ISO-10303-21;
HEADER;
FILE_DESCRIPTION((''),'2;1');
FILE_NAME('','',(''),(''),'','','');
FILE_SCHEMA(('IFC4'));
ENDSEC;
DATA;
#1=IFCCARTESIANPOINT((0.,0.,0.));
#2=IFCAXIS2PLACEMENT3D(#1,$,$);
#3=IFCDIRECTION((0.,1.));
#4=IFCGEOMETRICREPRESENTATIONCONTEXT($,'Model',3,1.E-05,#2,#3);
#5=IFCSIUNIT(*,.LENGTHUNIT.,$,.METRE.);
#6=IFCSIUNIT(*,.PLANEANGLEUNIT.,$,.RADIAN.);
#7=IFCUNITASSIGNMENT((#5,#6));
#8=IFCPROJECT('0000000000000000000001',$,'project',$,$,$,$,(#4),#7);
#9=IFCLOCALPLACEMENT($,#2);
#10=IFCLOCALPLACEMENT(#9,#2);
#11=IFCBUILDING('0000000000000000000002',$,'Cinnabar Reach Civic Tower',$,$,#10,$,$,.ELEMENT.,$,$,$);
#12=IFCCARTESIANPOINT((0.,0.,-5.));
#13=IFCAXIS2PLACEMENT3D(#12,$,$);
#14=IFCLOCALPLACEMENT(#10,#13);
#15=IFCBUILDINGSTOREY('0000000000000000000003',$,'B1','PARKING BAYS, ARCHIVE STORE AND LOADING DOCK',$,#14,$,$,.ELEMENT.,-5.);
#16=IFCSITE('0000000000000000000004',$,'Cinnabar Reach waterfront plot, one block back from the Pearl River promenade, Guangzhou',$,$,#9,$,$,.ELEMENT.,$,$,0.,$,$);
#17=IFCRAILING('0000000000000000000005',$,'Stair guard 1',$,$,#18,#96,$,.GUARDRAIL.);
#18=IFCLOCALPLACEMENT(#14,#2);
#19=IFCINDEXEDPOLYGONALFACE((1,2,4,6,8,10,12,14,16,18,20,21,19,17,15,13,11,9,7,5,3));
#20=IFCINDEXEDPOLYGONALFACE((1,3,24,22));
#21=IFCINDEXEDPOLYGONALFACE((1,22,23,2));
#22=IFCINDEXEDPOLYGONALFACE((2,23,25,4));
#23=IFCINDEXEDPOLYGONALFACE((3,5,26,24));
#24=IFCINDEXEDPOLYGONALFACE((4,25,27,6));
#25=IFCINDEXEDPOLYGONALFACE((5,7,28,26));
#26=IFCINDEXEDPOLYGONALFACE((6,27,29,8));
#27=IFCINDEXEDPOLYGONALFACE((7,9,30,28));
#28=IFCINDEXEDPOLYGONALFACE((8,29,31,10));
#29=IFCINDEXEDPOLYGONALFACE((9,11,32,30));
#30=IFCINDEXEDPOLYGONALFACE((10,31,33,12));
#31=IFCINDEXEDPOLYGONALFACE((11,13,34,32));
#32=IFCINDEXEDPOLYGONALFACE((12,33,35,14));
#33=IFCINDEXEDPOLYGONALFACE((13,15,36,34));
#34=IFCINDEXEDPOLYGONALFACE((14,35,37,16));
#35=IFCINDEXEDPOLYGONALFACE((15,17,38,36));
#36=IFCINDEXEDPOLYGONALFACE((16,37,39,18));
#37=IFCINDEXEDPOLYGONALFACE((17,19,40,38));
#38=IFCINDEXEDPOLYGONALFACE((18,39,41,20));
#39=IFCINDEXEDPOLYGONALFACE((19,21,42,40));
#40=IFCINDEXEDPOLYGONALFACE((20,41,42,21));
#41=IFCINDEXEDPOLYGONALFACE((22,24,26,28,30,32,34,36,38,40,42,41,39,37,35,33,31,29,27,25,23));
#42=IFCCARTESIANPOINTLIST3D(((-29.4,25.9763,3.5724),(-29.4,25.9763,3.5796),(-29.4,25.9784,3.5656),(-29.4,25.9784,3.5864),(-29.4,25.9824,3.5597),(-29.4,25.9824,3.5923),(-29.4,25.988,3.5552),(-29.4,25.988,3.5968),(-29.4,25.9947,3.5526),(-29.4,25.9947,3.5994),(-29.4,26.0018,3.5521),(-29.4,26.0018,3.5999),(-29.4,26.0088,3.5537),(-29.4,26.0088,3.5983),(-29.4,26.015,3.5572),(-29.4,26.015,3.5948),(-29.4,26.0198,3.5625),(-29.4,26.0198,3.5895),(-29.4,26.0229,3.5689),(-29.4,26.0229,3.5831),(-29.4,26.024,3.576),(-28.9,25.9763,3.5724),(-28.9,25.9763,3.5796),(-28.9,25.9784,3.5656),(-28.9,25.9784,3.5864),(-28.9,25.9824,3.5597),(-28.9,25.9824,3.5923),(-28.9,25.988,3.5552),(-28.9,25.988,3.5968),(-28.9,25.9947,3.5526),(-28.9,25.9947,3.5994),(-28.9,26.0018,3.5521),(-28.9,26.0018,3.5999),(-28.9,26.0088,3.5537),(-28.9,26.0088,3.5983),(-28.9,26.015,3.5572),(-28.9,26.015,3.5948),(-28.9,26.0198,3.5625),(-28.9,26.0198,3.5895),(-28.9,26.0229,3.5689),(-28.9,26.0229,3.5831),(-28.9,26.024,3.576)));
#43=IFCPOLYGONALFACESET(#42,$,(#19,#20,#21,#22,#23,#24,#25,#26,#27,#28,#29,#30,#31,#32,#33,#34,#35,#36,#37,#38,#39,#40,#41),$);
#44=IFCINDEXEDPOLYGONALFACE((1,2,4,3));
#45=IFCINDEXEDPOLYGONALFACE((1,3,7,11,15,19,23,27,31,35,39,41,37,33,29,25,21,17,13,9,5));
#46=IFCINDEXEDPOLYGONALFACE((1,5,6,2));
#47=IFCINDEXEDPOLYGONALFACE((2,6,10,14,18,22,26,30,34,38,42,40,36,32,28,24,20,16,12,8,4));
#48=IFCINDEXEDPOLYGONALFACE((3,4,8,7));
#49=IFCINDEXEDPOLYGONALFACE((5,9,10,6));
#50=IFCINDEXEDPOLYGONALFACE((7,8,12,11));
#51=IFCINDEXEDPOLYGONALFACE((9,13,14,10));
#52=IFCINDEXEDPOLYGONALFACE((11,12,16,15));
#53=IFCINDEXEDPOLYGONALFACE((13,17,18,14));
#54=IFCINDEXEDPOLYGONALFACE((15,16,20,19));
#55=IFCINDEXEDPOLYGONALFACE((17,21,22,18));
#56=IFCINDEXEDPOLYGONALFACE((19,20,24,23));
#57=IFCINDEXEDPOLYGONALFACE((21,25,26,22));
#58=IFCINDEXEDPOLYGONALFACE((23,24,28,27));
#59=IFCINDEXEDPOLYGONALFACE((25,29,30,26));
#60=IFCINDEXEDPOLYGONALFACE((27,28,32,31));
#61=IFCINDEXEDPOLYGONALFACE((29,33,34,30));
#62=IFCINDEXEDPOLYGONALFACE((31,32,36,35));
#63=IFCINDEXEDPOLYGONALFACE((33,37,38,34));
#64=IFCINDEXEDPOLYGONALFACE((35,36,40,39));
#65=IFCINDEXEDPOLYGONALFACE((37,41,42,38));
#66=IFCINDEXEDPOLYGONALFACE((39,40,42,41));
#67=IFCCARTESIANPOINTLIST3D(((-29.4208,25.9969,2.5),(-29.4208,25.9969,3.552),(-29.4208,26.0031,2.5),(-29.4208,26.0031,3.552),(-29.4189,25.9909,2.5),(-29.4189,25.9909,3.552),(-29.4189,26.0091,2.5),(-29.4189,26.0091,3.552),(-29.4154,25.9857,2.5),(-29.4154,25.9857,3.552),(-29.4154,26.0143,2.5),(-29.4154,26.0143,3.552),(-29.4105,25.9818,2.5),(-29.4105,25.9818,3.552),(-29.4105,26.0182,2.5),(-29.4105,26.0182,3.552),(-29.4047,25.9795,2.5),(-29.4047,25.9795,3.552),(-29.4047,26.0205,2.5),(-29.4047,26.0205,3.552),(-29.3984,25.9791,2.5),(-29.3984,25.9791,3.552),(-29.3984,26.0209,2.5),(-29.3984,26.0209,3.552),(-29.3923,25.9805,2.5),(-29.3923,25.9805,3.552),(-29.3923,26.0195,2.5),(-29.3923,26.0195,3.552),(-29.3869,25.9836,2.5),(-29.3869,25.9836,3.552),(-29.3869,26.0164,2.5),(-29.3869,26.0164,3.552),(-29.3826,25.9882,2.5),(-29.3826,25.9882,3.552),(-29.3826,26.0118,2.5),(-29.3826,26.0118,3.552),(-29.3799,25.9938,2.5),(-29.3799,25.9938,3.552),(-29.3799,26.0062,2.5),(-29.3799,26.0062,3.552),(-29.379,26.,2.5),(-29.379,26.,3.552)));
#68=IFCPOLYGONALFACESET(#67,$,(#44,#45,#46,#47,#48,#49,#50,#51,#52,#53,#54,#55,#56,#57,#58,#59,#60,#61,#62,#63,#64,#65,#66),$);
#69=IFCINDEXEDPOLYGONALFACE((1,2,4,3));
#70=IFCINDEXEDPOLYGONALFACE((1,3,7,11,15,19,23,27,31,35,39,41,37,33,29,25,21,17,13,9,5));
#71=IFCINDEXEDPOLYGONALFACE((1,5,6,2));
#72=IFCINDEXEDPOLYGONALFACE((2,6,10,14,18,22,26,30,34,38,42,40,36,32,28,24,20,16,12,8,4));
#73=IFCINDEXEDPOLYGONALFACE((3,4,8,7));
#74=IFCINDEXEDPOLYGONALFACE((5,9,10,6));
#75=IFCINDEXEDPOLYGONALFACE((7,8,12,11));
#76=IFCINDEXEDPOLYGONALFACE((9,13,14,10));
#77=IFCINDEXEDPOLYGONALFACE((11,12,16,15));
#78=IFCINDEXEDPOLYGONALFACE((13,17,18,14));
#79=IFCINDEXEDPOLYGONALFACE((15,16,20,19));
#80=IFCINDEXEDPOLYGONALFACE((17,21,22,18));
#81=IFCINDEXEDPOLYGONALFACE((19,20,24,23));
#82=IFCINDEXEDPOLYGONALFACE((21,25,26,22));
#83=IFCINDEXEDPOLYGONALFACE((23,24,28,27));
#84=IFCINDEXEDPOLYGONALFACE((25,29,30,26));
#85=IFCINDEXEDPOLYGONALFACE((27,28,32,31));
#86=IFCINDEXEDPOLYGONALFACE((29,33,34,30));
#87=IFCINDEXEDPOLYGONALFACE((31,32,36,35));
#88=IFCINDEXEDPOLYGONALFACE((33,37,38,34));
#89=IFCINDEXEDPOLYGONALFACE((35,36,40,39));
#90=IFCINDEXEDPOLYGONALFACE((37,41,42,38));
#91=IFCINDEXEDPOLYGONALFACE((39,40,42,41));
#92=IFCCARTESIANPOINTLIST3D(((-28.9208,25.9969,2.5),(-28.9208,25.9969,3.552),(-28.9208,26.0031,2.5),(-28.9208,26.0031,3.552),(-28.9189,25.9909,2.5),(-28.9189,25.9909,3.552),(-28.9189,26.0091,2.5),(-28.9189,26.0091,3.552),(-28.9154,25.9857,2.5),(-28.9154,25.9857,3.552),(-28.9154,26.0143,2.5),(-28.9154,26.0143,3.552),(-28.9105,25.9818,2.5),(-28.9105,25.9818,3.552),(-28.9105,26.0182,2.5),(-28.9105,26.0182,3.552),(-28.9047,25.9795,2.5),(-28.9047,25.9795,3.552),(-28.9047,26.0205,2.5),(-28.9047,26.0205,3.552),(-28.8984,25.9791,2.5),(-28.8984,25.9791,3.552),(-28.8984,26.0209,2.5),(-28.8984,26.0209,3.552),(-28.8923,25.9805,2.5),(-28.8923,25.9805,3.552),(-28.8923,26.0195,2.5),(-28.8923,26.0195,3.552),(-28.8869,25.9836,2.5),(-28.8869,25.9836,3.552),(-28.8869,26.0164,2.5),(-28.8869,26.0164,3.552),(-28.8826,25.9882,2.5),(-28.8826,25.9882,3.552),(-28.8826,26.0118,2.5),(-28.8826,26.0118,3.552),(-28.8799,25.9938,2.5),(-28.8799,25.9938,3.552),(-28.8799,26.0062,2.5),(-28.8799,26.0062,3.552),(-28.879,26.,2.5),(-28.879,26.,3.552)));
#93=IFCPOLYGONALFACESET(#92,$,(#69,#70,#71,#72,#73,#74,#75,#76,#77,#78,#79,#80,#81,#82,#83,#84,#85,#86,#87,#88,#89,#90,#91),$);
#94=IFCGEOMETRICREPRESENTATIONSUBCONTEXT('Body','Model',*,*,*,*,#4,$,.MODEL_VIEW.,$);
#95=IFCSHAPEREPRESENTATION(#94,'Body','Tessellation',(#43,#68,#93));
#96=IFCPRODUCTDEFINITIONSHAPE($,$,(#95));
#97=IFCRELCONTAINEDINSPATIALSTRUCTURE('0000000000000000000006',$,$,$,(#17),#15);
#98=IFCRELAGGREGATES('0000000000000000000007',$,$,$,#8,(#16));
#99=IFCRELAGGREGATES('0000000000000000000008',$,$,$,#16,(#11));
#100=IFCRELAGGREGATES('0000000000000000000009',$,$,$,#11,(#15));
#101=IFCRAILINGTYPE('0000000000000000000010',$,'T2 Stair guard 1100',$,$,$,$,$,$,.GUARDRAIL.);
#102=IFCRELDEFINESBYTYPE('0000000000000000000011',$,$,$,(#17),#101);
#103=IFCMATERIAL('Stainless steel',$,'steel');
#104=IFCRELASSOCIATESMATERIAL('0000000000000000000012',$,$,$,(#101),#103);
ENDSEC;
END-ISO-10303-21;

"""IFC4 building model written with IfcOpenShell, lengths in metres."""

from ifc_helpers import new_model, si_unit, direction, frame, origin, origin_2d, place, context, subcontext, project, spatial, circle, extrude, material, type_object, element, save


model = new_model("IFC4")

# Units and contexts
model_context = context("Model", 3, precision=1e-05, world=origin(), true_north=direction((0.0, 1.0)))
body_context = subcontext(model_context, "Body", "Model", "MODEL_VIEW")
ifc_project = project(units=[si_unit("LENGTHUNIT", "METRE"), si_unit("PLANEANGLEUNIT", "RADIAN")], contexts=[model_context])

# Site, building, storey
site_placement = place(None, origin())
site = spatial("IfcSite", under=ifc_project, at=site_placement, Name="Cinnabar Reach waterfront plot, one block back from the Pearl River promenade, Guangzhou", CompositionType="ELEMENT", RefElevation=0.0)
building_placement = place(site_placement, origin())
building = spatial("IfcBuilding", under=site, at=building_placement, Name="Cinnabar Reach Civic Tower", CompositionType="ELEMENT")
storey_placement = place(building_placement, frame((0.0, 0.0, -5.0)))
storey = spatial("IfcBuildingStorey", under=building, at=storey_placement, Name="B1", Description="PARKING BAYS, ARCHIVE STORE AND LOADING DOCK", CompositionType="ELEMENT", Elevation=-5.0)

# Railing
ifc_material_1 = material(Name="Stainless steel", Category="steel")
railing_type = type_object("IfcRailingType", Name="T2 Stair guard 1100", PredefinedType="GUARDRAIL", material=ifc_material_1)
railing_1_placement = place(storey_placement, frame((-29.4, 26.0, 2.5)))
element("IfcRailing", 1, at=railing_1_placement, inside=storey, type_object=railing_type, Name="Stair guard 1", PredefinedType="GUARDRAIL", context=body_context, shape_type="SweptSolid", body=[
    extrude(circle(Radius=0.024, at=origin_2d()), frame((0.0, 0.0, 1.076), z_axis=(1.0, 0.0, 0.0), x_axis=(0.0, 1.0, 0.0)), (0.0, 0.0, 1.0), 0.5),
    extrude(circle(Radius=0.021, at=origin_2d()), origin(), (0.0, 0.0, 1.0), 1.052),
    extrude(circle(Radius=0.021, at=origin_2d()), frame((0.5, 0.0, 0.0)), (0.0, 0.0, 1.0), 1.052),
])

save(model, "model.ifc")
